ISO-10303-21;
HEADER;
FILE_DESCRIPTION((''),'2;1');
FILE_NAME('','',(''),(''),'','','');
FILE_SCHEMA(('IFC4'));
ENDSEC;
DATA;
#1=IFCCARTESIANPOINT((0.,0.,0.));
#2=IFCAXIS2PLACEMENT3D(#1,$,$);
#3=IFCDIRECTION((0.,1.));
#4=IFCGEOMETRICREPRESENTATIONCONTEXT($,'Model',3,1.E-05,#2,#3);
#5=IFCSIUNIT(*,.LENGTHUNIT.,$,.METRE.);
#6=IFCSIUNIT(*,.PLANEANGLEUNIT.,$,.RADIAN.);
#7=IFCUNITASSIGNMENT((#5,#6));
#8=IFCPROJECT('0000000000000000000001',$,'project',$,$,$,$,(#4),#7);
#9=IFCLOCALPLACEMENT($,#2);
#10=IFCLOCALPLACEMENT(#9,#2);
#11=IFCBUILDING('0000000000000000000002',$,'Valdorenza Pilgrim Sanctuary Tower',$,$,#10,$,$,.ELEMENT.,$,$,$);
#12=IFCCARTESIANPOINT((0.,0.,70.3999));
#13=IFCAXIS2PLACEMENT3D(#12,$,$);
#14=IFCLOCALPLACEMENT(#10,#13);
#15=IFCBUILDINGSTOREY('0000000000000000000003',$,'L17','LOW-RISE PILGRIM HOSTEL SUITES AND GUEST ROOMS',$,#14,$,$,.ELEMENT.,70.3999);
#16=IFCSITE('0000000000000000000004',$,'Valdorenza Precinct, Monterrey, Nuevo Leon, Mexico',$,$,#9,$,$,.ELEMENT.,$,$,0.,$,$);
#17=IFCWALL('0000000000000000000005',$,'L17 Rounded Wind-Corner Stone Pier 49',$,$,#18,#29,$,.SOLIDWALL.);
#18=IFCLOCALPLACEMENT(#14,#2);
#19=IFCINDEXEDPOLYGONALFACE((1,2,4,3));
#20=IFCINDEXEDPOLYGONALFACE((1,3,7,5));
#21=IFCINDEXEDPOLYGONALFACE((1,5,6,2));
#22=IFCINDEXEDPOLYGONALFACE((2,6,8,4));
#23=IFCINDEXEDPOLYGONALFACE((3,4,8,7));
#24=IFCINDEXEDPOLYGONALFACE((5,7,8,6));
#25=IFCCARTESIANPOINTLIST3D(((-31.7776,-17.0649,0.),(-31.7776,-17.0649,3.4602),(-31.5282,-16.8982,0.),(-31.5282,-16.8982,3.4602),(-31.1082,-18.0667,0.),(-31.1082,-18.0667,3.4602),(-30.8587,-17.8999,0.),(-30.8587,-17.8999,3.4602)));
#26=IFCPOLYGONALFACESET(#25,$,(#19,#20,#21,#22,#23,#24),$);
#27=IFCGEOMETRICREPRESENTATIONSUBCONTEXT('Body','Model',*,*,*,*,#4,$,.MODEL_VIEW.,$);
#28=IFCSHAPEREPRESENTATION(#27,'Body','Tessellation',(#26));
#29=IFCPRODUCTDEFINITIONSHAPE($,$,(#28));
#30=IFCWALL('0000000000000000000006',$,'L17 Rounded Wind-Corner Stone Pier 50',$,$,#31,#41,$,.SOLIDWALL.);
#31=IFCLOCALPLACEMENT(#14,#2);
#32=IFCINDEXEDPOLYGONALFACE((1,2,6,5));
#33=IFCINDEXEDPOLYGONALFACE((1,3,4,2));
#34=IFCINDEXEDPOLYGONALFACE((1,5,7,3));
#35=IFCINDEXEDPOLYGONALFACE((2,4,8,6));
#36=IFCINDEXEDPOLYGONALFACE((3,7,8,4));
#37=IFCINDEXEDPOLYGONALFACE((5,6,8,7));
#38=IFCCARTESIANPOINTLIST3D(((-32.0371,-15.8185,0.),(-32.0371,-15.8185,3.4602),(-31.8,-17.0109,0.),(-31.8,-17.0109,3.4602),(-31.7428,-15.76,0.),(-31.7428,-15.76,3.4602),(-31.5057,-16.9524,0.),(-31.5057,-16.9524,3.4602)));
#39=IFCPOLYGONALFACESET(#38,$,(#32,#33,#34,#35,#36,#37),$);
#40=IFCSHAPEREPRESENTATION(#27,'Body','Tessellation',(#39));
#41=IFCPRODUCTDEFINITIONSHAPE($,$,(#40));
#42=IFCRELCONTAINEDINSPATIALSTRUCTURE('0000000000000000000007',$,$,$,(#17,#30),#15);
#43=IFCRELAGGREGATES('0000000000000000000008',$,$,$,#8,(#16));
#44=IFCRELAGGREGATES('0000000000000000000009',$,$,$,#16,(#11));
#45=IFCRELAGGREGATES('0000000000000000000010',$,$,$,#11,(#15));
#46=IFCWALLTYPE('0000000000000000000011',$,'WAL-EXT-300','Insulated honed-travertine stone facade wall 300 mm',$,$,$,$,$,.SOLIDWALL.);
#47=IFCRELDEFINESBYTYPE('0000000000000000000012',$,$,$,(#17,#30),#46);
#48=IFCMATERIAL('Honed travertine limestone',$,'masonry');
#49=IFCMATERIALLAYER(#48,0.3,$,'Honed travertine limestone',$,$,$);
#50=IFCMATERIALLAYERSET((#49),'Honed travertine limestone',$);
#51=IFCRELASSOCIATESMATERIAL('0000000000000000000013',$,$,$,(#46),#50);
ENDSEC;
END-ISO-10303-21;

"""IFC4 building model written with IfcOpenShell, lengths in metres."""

from ifc_helpers import new_model, si_unit, direction, frame, frame_2d, origin, place, context, subcontext, project, spatial, rectangle, extrude, material, layer, layer_set, type_object, element, save


model = new_model("IFC4")

# Units and contexts
model_context = context("Model", 3, precision=1e-05, world=origin(), true_north=direction((0.0, 1.0)))
body_context = subcontext(model_context, "Body", "Model", "MODEL_VIEW")
ifc_project = project(units=[si_unit("LENGTHUNIT", "METRE"), si_unit("PLANEANGLEUNIT", "RADIAN")], contexts=[model_context])

# Site, building, storey
site_placement = place(None, origin())
site = spatial("IfcSite", under=ifc_project, at=site_placement, Name="Valdorenza Precinct, Monterrey, Nuevo Leon, Mexico", CompositionType="ELEMENT", RefElevation=0.0)
building_placement = place(site_placement, origin())
building = spatial("IfcBuilding", under=site, at=building_placement, Name="Valdorenza Pilgrim Sanctuary Tower", CompositionType="ELEMENT")
storey_placement = place(building_placement, frame((0.0, 0.0, 70.3999)))
storey = spatial("IfcBuildingStorey", under=building, at=storey_placement, Name="L17", Description="LOW-RISE PILGRIM HOSTEL SUITES AND GUEST ROOMS", CompositionType="ELEMENT", Elevation=70.3999)

# Shared definitions
ifc_material_1 = material(Name="Honed travertine limestone", Category="masonry")

# Walls
ifc_layer_1 = layer(ifc_material_1, 0.3, Name="Honed travertine limestone")
ifc_layer_set_1 = layer_set([ifc_layer_1], Name="Honed travertine limestone")
wall_type_1 = type_object("IfcWallType", Name="WAL-EXT-300", Description="Insulated honed-travertine stone facade wall 300 mm", PredefinedType="SOLIDWALL", material=ifc_layer_set_1)
for number, where, z_axis, x_axis, name in (
    (1, (-30.9834, -17.9834, 0.0), (0.0, 0.0, 1.0), (-0.555635, 0.831426, 0.0), "L17 Rounded Wind-Corner Stone Pier 49"),
):
    element("IfcWall", number, at=place(storey_placement, frame(where, z_axis=z_axis, x_axis=x_axis)), inside=storey, type_object=wall_type_1, Name=name, PredefinedType="SOLIDWALL", context=body_context, shape_type="SweptSolid", body=[
        extrude(rectangle(XDim=1.2048, YDim=0.3, at=frame_2d((0.6025, 0.0))), origin(), (0.0, 0.0, 1.0), 3.4602),
    ])
wall_1_placement = place(storey_placement, frame((-31.6528, -16.9817, 0.0), z_axis=(0.0, 0.0, 1.0), x_axis=(-0.194996, 0.980804, 0.0)))
element("IfcWall", 2, at=wall_1_placement, inside=storey, type_object=wall_type_1, Name="L17 Rounded Wind-Corner Stone Pier 50", PredefinedType="SOLIDWALL", context=body_context, shape_type="SweptSolid", body=[
    extrude(rectangle(XDim=1.2158, YDim=0.3, at=frame_2d((0.6079, 0.0))), origin(), (0.0, 0.0, 1.0), 3.4602),
])

save(model, "model.ifc")
